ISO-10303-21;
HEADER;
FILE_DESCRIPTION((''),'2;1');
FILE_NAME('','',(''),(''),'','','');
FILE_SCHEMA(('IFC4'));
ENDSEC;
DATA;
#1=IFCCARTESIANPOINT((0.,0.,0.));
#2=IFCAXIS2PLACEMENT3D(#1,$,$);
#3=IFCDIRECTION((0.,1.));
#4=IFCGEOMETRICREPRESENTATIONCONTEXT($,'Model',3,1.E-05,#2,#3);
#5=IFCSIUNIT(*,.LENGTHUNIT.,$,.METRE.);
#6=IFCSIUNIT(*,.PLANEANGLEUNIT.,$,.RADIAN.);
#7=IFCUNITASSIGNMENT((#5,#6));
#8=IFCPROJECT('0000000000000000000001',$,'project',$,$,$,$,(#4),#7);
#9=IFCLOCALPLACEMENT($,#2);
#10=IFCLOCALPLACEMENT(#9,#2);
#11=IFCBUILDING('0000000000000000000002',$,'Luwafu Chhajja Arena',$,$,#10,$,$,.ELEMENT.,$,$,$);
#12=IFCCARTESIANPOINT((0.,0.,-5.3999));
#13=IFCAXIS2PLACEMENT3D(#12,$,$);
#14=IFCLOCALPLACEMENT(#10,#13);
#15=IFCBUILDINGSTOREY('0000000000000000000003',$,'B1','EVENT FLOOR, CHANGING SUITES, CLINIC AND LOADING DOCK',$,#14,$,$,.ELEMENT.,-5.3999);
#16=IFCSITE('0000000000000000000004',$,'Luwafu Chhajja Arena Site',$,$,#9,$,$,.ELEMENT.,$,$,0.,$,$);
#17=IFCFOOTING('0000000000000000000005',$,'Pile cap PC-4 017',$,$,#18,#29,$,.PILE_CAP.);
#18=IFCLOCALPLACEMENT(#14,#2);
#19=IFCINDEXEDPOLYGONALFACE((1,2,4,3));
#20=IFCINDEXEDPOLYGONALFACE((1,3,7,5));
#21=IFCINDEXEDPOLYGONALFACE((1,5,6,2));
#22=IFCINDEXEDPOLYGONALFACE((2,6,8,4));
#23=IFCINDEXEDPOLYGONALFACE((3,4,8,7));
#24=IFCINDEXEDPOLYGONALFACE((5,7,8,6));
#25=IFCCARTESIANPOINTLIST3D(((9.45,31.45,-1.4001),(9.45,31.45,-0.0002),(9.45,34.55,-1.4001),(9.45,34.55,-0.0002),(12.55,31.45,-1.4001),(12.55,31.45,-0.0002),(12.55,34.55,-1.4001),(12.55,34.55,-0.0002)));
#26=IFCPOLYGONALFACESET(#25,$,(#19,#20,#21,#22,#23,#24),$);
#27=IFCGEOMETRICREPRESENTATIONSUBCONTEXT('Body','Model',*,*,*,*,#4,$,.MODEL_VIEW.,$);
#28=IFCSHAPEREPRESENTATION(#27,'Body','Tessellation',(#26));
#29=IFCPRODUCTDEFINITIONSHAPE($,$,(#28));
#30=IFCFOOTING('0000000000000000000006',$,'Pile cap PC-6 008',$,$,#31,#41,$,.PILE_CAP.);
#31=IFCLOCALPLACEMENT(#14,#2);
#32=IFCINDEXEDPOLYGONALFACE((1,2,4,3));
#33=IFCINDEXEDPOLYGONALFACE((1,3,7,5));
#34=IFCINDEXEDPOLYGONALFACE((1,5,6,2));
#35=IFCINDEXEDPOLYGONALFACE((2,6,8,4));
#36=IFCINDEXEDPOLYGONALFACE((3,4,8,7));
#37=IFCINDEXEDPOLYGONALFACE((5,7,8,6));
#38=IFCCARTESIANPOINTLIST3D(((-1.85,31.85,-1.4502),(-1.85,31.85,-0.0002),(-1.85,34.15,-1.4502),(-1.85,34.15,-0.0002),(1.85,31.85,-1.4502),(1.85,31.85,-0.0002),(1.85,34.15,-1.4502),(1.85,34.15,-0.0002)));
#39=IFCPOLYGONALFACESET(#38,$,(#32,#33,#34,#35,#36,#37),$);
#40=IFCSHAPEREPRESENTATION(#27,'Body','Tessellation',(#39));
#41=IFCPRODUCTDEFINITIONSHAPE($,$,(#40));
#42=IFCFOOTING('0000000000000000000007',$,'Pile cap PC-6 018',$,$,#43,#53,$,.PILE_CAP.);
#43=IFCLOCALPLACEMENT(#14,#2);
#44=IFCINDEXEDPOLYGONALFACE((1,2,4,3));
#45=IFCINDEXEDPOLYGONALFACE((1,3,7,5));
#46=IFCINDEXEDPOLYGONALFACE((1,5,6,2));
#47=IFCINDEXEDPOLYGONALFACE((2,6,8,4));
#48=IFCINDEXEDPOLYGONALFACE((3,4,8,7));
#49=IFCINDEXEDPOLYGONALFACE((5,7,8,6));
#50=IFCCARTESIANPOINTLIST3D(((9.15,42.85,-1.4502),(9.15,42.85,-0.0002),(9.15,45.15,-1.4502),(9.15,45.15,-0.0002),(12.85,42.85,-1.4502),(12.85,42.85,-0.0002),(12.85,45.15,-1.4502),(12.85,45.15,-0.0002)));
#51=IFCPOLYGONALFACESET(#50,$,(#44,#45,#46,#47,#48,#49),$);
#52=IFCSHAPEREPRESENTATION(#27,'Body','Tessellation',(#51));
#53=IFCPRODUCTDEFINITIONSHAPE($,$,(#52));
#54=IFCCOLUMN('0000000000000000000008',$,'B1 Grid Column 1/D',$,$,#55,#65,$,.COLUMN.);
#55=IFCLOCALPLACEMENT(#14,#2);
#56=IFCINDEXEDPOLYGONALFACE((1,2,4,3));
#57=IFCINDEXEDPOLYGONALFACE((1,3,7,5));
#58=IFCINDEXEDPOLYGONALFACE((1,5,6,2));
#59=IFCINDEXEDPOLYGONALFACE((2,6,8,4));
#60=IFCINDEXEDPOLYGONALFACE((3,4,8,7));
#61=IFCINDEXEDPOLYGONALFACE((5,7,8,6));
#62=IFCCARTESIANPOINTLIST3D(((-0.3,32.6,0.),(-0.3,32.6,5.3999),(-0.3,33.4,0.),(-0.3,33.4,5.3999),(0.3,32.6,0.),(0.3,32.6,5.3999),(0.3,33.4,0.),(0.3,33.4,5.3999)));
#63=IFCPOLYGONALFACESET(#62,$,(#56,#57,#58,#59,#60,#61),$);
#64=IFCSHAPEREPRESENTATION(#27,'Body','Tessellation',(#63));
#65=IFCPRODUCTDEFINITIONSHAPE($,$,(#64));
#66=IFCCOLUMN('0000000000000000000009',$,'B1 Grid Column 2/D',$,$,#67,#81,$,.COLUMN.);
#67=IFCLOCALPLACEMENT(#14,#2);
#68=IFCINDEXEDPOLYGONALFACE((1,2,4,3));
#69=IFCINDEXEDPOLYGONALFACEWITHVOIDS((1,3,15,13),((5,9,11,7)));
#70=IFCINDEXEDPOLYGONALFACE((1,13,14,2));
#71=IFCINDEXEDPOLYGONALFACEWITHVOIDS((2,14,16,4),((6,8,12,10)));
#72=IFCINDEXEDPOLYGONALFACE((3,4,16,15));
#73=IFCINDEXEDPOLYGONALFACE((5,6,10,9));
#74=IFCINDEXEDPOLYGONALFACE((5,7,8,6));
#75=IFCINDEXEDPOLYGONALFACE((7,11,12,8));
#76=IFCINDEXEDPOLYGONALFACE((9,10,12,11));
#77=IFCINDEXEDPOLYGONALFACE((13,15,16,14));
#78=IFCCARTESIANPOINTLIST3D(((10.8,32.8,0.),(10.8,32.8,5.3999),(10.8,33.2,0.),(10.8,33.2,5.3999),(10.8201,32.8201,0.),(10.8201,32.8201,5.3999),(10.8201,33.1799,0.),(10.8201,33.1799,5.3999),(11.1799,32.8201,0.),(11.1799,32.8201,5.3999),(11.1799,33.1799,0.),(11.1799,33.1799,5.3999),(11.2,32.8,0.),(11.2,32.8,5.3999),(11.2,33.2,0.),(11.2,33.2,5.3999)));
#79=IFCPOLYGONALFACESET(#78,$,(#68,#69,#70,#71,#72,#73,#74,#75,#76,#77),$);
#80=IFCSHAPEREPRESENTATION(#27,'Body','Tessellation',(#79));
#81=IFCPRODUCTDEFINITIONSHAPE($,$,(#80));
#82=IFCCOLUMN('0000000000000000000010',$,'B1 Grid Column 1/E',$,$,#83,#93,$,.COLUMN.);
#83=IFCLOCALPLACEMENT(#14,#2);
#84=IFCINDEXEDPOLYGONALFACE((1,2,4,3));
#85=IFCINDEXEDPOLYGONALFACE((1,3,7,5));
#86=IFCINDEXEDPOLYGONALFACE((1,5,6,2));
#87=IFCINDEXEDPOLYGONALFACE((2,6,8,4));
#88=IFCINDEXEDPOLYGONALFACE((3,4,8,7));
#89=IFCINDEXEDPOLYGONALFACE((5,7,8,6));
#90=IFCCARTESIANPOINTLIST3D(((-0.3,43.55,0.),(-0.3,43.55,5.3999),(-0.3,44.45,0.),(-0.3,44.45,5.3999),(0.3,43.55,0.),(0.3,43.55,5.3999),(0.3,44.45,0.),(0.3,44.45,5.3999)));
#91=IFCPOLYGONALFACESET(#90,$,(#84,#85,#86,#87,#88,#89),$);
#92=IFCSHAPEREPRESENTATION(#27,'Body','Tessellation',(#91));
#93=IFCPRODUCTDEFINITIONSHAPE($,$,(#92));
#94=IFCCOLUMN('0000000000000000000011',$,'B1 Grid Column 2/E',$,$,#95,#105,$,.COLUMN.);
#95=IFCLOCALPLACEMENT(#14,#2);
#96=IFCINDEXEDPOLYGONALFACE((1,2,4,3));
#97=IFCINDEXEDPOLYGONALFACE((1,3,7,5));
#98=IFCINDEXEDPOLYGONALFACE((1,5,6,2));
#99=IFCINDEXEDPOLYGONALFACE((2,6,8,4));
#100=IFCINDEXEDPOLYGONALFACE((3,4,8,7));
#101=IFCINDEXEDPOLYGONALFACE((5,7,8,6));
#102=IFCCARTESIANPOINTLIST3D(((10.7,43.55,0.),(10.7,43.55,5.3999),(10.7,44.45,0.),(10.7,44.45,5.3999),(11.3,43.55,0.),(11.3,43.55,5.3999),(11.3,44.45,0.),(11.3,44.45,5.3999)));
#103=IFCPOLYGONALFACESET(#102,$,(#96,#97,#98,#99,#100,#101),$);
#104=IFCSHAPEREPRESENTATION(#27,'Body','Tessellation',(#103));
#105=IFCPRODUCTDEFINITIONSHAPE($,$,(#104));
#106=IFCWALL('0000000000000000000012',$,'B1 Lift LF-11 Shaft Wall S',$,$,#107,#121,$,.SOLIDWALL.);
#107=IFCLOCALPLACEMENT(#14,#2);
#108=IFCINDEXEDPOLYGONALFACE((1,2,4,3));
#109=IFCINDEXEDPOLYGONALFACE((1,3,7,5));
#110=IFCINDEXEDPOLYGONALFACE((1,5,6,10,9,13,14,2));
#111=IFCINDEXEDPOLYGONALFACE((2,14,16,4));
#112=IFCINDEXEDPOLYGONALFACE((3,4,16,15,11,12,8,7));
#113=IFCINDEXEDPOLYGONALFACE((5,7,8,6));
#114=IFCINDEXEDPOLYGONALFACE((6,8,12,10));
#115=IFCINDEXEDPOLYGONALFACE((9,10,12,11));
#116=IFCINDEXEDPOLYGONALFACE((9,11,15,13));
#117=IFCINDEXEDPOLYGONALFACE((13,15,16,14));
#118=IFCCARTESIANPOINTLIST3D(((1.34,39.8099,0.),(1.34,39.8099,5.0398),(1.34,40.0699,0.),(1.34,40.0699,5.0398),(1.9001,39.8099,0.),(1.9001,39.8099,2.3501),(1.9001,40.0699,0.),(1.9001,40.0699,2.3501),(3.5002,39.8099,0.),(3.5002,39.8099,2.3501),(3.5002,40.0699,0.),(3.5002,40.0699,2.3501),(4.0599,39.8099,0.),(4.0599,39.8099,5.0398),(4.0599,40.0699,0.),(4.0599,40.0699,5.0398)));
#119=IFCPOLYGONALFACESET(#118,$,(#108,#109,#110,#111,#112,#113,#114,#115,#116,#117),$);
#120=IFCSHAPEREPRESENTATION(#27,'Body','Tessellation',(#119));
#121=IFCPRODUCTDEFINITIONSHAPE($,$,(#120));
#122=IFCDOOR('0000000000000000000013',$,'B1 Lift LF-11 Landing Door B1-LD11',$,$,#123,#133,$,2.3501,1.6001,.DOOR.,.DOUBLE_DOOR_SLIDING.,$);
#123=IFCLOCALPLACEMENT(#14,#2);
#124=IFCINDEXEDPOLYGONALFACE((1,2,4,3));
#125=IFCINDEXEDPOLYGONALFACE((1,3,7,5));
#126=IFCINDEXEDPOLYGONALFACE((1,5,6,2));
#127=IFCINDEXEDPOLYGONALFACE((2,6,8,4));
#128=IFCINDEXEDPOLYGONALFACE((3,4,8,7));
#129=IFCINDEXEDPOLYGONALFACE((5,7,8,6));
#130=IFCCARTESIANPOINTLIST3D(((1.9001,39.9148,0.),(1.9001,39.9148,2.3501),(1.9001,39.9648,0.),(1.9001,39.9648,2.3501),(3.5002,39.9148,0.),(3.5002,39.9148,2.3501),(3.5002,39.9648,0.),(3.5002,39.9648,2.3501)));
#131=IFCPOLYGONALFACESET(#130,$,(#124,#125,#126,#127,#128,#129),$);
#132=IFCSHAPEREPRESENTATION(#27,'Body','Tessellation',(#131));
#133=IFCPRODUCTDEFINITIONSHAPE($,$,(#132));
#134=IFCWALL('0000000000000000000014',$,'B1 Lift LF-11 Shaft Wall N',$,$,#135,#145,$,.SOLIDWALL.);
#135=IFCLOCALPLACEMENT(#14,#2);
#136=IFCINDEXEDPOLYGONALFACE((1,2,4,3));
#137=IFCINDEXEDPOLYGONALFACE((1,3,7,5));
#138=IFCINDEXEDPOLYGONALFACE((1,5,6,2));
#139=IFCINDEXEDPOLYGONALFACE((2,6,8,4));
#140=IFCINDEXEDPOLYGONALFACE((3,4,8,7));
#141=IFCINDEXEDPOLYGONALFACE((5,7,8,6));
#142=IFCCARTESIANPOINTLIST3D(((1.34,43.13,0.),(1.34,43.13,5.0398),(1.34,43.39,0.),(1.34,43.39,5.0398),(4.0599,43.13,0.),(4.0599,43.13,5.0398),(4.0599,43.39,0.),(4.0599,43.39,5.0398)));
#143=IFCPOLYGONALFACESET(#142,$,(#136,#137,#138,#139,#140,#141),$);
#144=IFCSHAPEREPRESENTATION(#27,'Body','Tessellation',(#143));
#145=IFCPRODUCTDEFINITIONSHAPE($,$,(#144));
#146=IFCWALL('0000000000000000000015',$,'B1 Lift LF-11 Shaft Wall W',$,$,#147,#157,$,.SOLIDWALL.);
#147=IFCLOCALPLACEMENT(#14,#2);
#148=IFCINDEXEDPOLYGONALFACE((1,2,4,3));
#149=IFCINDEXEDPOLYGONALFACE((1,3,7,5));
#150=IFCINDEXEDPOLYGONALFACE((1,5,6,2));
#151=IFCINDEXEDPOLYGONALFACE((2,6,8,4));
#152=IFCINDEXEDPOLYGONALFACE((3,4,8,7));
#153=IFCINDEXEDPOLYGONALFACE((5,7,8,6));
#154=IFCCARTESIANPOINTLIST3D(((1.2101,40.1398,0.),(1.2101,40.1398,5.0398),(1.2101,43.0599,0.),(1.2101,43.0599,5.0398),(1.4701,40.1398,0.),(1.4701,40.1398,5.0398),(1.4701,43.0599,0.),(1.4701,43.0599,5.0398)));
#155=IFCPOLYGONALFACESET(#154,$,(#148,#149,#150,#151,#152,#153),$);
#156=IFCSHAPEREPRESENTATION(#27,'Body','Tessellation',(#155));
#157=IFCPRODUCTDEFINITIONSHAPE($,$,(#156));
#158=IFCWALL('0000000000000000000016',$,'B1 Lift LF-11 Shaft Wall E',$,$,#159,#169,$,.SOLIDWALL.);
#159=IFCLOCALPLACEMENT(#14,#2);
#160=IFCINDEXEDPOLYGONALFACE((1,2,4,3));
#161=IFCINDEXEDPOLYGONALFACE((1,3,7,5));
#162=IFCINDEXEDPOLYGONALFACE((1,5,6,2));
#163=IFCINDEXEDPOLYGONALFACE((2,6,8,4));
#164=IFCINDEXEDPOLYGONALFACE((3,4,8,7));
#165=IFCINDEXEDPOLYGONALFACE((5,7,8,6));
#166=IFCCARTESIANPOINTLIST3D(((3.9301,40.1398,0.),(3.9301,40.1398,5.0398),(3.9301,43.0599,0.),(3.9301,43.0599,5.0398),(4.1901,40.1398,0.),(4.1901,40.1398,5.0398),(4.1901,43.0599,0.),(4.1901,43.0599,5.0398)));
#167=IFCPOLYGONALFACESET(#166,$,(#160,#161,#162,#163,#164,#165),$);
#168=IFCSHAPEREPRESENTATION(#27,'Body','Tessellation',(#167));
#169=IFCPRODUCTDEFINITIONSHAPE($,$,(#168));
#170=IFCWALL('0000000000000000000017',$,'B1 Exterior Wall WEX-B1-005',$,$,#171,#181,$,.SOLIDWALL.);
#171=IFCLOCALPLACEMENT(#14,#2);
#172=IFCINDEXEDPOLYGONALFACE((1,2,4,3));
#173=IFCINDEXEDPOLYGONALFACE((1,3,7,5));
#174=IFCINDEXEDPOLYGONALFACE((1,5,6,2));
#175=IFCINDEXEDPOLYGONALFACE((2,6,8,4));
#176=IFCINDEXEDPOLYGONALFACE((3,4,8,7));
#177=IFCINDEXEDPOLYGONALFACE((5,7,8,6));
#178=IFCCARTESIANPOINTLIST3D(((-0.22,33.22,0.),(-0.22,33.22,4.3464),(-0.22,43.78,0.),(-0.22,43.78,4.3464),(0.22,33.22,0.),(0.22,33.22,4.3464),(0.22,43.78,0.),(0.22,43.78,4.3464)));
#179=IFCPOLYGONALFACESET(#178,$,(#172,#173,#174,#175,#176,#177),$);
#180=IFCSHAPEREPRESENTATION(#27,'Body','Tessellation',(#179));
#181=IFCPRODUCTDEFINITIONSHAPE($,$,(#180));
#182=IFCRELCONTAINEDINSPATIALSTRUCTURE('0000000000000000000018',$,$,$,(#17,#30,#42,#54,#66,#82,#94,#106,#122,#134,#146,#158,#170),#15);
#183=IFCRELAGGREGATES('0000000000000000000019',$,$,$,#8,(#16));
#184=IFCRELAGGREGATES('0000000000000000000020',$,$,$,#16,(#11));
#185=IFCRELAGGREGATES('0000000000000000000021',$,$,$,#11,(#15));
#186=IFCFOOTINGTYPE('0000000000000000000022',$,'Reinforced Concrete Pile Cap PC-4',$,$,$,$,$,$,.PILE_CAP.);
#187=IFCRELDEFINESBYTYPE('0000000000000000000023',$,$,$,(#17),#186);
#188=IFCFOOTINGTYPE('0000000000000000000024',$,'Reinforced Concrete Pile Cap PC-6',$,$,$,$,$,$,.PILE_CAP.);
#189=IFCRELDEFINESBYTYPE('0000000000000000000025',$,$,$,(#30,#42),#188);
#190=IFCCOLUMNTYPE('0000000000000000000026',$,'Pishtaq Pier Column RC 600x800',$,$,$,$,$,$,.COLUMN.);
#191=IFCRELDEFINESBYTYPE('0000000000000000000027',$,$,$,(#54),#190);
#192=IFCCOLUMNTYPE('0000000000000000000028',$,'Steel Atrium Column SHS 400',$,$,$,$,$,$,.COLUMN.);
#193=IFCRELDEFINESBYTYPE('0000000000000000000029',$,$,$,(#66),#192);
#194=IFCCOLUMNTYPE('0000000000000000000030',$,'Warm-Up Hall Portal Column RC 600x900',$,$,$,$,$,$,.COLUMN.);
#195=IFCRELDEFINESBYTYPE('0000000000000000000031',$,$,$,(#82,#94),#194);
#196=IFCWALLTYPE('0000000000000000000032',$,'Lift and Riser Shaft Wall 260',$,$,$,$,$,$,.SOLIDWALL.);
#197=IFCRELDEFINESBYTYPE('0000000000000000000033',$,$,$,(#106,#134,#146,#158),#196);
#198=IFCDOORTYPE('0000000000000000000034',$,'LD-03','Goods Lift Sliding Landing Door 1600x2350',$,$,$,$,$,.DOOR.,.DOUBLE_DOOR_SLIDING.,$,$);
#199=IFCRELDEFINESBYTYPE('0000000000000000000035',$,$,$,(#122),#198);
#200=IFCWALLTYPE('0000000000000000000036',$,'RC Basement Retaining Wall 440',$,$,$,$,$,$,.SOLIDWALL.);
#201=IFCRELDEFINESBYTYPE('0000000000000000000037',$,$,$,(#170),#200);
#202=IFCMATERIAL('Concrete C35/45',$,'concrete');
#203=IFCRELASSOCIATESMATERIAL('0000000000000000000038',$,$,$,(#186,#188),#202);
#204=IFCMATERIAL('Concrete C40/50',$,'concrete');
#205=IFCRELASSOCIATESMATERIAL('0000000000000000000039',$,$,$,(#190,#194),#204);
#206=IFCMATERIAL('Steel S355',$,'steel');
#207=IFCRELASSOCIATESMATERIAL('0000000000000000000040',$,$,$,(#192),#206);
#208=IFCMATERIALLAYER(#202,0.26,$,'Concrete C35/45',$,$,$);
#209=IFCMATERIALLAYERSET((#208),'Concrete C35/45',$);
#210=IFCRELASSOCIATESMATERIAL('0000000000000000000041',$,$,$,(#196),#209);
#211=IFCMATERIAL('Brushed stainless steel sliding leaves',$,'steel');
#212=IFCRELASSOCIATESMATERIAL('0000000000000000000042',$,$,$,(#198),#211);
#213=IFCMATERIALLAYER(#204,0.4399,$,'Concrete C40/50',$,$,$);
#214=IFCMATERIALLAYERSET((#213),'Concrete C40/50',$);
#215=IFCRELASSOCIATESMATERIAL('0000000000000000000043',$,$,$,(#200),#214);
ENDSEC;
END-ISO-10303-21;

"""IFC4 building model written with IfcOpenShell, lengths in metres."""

from ifc_helpers import new_model, si_unit, direction, frame, frame_2d, origin, origin_2d, place, context, subcontext, project, spatial, rectangle, hollow_rectangle, extrude, material, layer, layer_set, material_profile, profile_set, type_object, element, fill, save


model = new_model("IFC4")

# Units and contexts
model_context = context("Model", 3, precision=1e-05, world=origin(), true_north=direction((0.0, 1.0)))
body_context = subcontext(model_context, "Body", "Model", "MODEL_VIEW")
ifc_project = project(units=[si_unit("LENGTHUNIT", "METRE"), si_unit("PLANEANGLEUNIT", "RADIAN")], contexts=[model_context])

# Site, building, storey
site_placement = place(None, origin())
site = spatial("IfcSite", under=ifc_project, at=site_placement, Name="Luwafu Chhajja Arena Site", CompositionType="ELEMENT", RefElevation=0.0)
building_placement = place(site_placement, origin())
building = spatial("IfcBuilding", under=site, at=building_placement, Name="Luwafu Chhajja Arena", CompositionType="ELEMENT")
storey_placement = place(building_placement, frame((0.0, 0.0, -5.3999)))
storey = spatial("IfcBuildingStorey", under=building, at=storey_placement, Name="B1", Description="EVENT FLOOR, CHANGING SUITES, CLINIC AND LOADING DOCK", CompositionType="ELEMENT", Elevation=-5.3999)

# Shared definitions
ifc_material_1 = material(Name="Concrete C35/45", Category="concrete")

# Footings
footing_type_1 = type_object("IfcFootingType", Name="Reinforced Concrete Pile Cap PC-4", PredefinedType="PILE_CAP", material=ifc_material_1)
footing_1_placement = place(storey_placement, frame((11.0, 33.0, -1.4001), z_axis=(0.0, 0.0, 1.0), x_axis=(1.0, 0.0, 0.0)))
element("IfcFooting", 1, at=footing_1_placement, inside=storey, type_object=footing_type_1, Name="Pile cap PC-4 017", PredefinedType="PILE_CAP", context=body_context, shape_type="SweptSolid", body=[
    extrude(rectangle(XDim=3.1001, YDim=3.1001, at=origin_2d()), origin(), (0.0, 0.0, 1.0), 1.3999),
])
footing_type_2 = type_object("IfcFootingType", Name="Reinforced Concrete Pile Cap PC-6", PredefinedType="PILE_CAP", material=ifc_material_1)
for number, where, z_axis, x_axis, name in (
    (2, (0.0, 33.0, -1.4502), (0.0, 0.0, 1.0), (1.0, 0.0, 0.0), "Pile cap PC-6 008"),
    (3, (11.0, 44.0, -1.4502), (0.0, 0.0, 1.0), (1.0, 0.0, 0.0), "Pile cap PC-6 018"),
):
    element("IfcFooting", number, at=place(storey_placement, frame(where, z_axis=z_axis, x_axis=x_axis)), inside=storey, type_object=footing_type_2, Name=name, PredefinedType="PILE_CAP", context=body_context, shape_type="SweptSolid", body=[
        extrude(rectangle(XDim=3.7, YDim=2.3, at=origin_2d()), origin(), (0.0, 0.0, 1.0), 1.45),
    ])

# Columns
ifc_material_2 = material(Name="Concrete C40/50", Category="concrete")
ifc_material_profile_1 = material_profile(ifc_material_2, rectangle(XDim=0.6001, YDim=0.8, at=origin_2d()), Name="RC 600x800")
ifc_profile_set_1 = profile_set([ifc_material_profile_1], Name="Concrete C40/50")
column_type_1 = type_object("IfcColumnType", Name="Pishtaq Pier Column RC 600x800", PredefinedType="COLUMN", material=ifc_profile_set_1)
column_1_placement = place(storey_placement, frame((0.0, 33.0, 0.0), z_axis=(0.0, 0.0, 1.0), x_axis=(1.0, 0.0, 0.0)))
element("IfcColumn", 4, at=column_1_placement, inside=storey, type_object=column_type_1, Name="B1 Grid Column 1/D", PredefinedType="COLUMN", context=body_context, shape_type="SweptSolid", body=[
    extrude(rectangle(XDim=0.6001, YDim=0.8, at=origin_2d()), origin(), (0.0, 0.0, 1.0), 5.3999),
])
ifc_material_3 = material(Name="Steel S355", Category="steel")
ifc_material_profile_2 = material_profile(ifc_material_3, hollow_rectangle(XDim=0.3999, YDim=0.3999, WallThickness=0.02, at=origin_2d()), Name="SHS 400x400x20")
ifc_profile_set_2 = profile_set([ifc_material_profile_2], Name="Steel S355")
column_type_2 = type_object("IfcColumnType", Name="Steel Atrium Column SHS 400", PredefinedType="COLUMN", material=ifc_profile_set_2)
column_2_placement = place(storey_placement, frame((11.0, 33.0, 0.0), z_axis=(0.0, 0.0, 1.0), x_axis=(1.0, 0.0, 0.0)))
element("IfcColumn", 5, at=column_2_placement, inside=storey, type_object=column_type_2, Name="B1 Grid Column 2/D", PredefinedType="COLUMN", context=body_context, shape_type="SweptSolid", body=[
    extrude(hollow_rectangle(XDim=0.3999, YDim=0.3999, WallThickness=0.02, at=origin_2d()), origin(), (0.0, 0.0, 1.0), 5.3999),
])
ifc_material_profile_3 = material_profile(ifc_material_2, rectangle(XDim=0.6001, YDim=0.8999, at=origin_2d()), Name="RC 600x900")
ifc_profile_set_3 = profile_set([ifc_material_profile_3], Name="Concrete C40/50")
column_type_3 = type_object("IfcColumnType", Name="Warm-Up Hall Portal Column RC 600x900", PredefinedType="COLUMN", material=ifc_profile_set_3)
for number, where, z_axis, x_axis, name in (
    (6, (0.0, 44.0, 0.0), (0.0, 0.0, 1.0), (1.0, 0.0, 0.0), "B1 Grid Column 1/E"),
    (7, (11.0, 44.0, 0.0), (0.0, 0.0, 1.0), (1.0, 0.0, 0.0), "B1 Grid Column 2/E"),
):
    element("IfcColumn", number, at=place(storey_placement, frame(where, z_axis=z_axis, x_axis=x_axis)), inside=storey, type_object=column_type_3, Name=name, PredefinedType="COLUMN", context=body_context, shape_type="SweptSolid", body=[
        extrude(rectangle(XDim=0.6001, YDim=0.8999, at=origin_2d()), origin(), (0.0, 0.0, 1.0), 5.3999),
    ])

# Wall, opening, door
ifc_layer_1 = layer(ifc_material_1, 0.26, Name="Concrete C35/45")
ifc_layer_set_1 = layer_set([ifc_layer_1], Name="Concrete C35/45")
wall_type_1 = type_object("IfcWallType", Name="Lift and Riser Shaft Wall 260", PredefinedType="SOLIDWALL", material=ifc_layer_set_1)
wall_1_placement = place(storey_placement, frame((1.3401, 39.9399, 0.0), z_axis=(0.0, 0.0, 1.0), x_axis=(1.0, 0.0, 0.0)))
wall_1 = element("IfcWall", 8, at=wall_1_placement, inside=storey, type_object=wall_type_1, Name="B1 Lift LF-11 Shaft Wall S", PredefinedType="SOLIDWALL", context=body_context, shape_type="SweptSolid", body=[
    extrude(rectangle(XDim=2.72, YDim=0.26, at=frame_2d((1.3599, 0.0))), origin(), (0.0, 0.0, 1.0), 5.0398),
])
opening_placement = place(wall_1_placement, frame((0.5601, 0.0, 0.0)))
opening = element("IfcOpeningElement", 9, at=opening_placement, cuts=wall_1, PredefinedType="OPENING", context=body_context, shape_type="SweptSolid", body=[
    extrude(rectangle(XDim=1.6001, YDim=2.3501, at=frame_2d((0.8, 1.175))), frame((0.0, 0.1399, 0.0), z_axis=(0.0, -1.0, 0.0), x_axis=(1.0, 0.0, 0.0)), (0.0, 0.0, 1.0), 0.28),
])
ifc_material_4 = material(Name="Brushed stainless steel sliding leaves", Category="steel")
door_type = type_object("IfcDoorType", Name="LD-03", Description="Goods Lift Sliding Landing Door 1600x2350", OperationType="DOUBLE_DOOR_SLIDING", PredefinedType="DOOR", material=ifc_material_4)
door_placement = place(opening_placement, origin())
door = element("IfcDoor", 10, at=door_placement, inside=storey, type_object=door_type, Name="B1 Lift LF-11 Landing Door B1-LD11", OperationType="DOUBLE_DOOR_SLIDING", OverallHeight=2.3501, OverallWidth=1.6001, PredefinedType="DOOR", context=body_context, shape_type="SweptSolid", body=[
    extrude(rectangle(XDim=1.6001, YDim=2.3501, at=frame_2d((0.8, 1.175))), frame((0.0, 0.0249, 0.0), z_axis=(0.0, -1.0, 0.0), x_axis=(1.0, 0.0, 0.0)), (0.0, 0.0, 1.0), 0.05),
])
fill(opening, door)

# Walls
wall_2_placement = place(storey_placement, frame((1.3401, 43.26, 0.0), z_axis=(0.0, 0.0, 1.0), x_axis=(1.0, 0.0, 0.0)))
element("IfcWall", 11, at=wall_2_placement, inside=storey, type_object=wall_type_1, Name="B1 Lift LF-11 Shaft Wall N", PredefinedType="SOLIDWALL", context=body_context, shape_type="SweptSolid", body=[
    extrude(rectangle(XDim=2.72, YDim=0.26, at=frame_2d((1.3599, 0.0))), origin(), (0.0, 0.0, 1.0), 5.0398),
])
for number, where, z_axis, x_axis, name in (
    (12, (1.3401, 40.1399, 0.0), (0.0, 0.0, 1.0), (0.0, 1.0, 0.0), "B1 Lift LF-11 Shaft Wall W"),
    (13, (4.0601, 40.1399, 0.0), (0.0, 0.0, 1.0), (0.0, 1.0, 0.0), "B1 Lift LF-11 Shaft Wall E"),
):
    element("IfcWall", number, at=place(storey_placement, frame(where, z_axis=z_axis, x_axis=x_axis)), inside=storey, type_object=wall_type_1, Name=name, PredefinedType="SOLIDWALL", context=body_context, shape_type="SweptSolid", body=[
        extrude(rectangle(XDim=2.9202, YDim=0.26, at=frame_2d((1.46, 0.0))), origin(), (0.0, 0.0, 1.0), 5.0398),
    ])
ifc_layer_2 = layer(ifc_material_2, 0.4399, Name="Concrete C40/50")
ifc_layer_set_2 = layer_set([ifc_layer_2], Name="Concrete C40/50")
wall_type_2 = type_object("IfcWallType", Name="RC Basement Retaining Wall 440", PredefinedType="SOLIDWALL", material=ifc_layer_set_2)
wall_3_placement = place(storey_placement, frame((0.0, 33.22, 0.0), z_axis=(0.0, 0.0, 1.0), x_axis=(0.0, 1.0, 0.0)))
element("IfcWall", 14, at=wall_3_placement, inside=storey, type_object=wall_type_2, Name="B1 Exterior Wall WEX-B1-005", PredefinedType="SOLIDWALL", context=body_context, shape_type="SweptSolid", body=[
    extrude(rectangle(XDim=10.5601, YDim=0.4399, at=frame_2d((5.28, 0.0))), origin(), (0.0, 0.0, 1.0), 4.3464),
])

save(model, "model.ifc")
